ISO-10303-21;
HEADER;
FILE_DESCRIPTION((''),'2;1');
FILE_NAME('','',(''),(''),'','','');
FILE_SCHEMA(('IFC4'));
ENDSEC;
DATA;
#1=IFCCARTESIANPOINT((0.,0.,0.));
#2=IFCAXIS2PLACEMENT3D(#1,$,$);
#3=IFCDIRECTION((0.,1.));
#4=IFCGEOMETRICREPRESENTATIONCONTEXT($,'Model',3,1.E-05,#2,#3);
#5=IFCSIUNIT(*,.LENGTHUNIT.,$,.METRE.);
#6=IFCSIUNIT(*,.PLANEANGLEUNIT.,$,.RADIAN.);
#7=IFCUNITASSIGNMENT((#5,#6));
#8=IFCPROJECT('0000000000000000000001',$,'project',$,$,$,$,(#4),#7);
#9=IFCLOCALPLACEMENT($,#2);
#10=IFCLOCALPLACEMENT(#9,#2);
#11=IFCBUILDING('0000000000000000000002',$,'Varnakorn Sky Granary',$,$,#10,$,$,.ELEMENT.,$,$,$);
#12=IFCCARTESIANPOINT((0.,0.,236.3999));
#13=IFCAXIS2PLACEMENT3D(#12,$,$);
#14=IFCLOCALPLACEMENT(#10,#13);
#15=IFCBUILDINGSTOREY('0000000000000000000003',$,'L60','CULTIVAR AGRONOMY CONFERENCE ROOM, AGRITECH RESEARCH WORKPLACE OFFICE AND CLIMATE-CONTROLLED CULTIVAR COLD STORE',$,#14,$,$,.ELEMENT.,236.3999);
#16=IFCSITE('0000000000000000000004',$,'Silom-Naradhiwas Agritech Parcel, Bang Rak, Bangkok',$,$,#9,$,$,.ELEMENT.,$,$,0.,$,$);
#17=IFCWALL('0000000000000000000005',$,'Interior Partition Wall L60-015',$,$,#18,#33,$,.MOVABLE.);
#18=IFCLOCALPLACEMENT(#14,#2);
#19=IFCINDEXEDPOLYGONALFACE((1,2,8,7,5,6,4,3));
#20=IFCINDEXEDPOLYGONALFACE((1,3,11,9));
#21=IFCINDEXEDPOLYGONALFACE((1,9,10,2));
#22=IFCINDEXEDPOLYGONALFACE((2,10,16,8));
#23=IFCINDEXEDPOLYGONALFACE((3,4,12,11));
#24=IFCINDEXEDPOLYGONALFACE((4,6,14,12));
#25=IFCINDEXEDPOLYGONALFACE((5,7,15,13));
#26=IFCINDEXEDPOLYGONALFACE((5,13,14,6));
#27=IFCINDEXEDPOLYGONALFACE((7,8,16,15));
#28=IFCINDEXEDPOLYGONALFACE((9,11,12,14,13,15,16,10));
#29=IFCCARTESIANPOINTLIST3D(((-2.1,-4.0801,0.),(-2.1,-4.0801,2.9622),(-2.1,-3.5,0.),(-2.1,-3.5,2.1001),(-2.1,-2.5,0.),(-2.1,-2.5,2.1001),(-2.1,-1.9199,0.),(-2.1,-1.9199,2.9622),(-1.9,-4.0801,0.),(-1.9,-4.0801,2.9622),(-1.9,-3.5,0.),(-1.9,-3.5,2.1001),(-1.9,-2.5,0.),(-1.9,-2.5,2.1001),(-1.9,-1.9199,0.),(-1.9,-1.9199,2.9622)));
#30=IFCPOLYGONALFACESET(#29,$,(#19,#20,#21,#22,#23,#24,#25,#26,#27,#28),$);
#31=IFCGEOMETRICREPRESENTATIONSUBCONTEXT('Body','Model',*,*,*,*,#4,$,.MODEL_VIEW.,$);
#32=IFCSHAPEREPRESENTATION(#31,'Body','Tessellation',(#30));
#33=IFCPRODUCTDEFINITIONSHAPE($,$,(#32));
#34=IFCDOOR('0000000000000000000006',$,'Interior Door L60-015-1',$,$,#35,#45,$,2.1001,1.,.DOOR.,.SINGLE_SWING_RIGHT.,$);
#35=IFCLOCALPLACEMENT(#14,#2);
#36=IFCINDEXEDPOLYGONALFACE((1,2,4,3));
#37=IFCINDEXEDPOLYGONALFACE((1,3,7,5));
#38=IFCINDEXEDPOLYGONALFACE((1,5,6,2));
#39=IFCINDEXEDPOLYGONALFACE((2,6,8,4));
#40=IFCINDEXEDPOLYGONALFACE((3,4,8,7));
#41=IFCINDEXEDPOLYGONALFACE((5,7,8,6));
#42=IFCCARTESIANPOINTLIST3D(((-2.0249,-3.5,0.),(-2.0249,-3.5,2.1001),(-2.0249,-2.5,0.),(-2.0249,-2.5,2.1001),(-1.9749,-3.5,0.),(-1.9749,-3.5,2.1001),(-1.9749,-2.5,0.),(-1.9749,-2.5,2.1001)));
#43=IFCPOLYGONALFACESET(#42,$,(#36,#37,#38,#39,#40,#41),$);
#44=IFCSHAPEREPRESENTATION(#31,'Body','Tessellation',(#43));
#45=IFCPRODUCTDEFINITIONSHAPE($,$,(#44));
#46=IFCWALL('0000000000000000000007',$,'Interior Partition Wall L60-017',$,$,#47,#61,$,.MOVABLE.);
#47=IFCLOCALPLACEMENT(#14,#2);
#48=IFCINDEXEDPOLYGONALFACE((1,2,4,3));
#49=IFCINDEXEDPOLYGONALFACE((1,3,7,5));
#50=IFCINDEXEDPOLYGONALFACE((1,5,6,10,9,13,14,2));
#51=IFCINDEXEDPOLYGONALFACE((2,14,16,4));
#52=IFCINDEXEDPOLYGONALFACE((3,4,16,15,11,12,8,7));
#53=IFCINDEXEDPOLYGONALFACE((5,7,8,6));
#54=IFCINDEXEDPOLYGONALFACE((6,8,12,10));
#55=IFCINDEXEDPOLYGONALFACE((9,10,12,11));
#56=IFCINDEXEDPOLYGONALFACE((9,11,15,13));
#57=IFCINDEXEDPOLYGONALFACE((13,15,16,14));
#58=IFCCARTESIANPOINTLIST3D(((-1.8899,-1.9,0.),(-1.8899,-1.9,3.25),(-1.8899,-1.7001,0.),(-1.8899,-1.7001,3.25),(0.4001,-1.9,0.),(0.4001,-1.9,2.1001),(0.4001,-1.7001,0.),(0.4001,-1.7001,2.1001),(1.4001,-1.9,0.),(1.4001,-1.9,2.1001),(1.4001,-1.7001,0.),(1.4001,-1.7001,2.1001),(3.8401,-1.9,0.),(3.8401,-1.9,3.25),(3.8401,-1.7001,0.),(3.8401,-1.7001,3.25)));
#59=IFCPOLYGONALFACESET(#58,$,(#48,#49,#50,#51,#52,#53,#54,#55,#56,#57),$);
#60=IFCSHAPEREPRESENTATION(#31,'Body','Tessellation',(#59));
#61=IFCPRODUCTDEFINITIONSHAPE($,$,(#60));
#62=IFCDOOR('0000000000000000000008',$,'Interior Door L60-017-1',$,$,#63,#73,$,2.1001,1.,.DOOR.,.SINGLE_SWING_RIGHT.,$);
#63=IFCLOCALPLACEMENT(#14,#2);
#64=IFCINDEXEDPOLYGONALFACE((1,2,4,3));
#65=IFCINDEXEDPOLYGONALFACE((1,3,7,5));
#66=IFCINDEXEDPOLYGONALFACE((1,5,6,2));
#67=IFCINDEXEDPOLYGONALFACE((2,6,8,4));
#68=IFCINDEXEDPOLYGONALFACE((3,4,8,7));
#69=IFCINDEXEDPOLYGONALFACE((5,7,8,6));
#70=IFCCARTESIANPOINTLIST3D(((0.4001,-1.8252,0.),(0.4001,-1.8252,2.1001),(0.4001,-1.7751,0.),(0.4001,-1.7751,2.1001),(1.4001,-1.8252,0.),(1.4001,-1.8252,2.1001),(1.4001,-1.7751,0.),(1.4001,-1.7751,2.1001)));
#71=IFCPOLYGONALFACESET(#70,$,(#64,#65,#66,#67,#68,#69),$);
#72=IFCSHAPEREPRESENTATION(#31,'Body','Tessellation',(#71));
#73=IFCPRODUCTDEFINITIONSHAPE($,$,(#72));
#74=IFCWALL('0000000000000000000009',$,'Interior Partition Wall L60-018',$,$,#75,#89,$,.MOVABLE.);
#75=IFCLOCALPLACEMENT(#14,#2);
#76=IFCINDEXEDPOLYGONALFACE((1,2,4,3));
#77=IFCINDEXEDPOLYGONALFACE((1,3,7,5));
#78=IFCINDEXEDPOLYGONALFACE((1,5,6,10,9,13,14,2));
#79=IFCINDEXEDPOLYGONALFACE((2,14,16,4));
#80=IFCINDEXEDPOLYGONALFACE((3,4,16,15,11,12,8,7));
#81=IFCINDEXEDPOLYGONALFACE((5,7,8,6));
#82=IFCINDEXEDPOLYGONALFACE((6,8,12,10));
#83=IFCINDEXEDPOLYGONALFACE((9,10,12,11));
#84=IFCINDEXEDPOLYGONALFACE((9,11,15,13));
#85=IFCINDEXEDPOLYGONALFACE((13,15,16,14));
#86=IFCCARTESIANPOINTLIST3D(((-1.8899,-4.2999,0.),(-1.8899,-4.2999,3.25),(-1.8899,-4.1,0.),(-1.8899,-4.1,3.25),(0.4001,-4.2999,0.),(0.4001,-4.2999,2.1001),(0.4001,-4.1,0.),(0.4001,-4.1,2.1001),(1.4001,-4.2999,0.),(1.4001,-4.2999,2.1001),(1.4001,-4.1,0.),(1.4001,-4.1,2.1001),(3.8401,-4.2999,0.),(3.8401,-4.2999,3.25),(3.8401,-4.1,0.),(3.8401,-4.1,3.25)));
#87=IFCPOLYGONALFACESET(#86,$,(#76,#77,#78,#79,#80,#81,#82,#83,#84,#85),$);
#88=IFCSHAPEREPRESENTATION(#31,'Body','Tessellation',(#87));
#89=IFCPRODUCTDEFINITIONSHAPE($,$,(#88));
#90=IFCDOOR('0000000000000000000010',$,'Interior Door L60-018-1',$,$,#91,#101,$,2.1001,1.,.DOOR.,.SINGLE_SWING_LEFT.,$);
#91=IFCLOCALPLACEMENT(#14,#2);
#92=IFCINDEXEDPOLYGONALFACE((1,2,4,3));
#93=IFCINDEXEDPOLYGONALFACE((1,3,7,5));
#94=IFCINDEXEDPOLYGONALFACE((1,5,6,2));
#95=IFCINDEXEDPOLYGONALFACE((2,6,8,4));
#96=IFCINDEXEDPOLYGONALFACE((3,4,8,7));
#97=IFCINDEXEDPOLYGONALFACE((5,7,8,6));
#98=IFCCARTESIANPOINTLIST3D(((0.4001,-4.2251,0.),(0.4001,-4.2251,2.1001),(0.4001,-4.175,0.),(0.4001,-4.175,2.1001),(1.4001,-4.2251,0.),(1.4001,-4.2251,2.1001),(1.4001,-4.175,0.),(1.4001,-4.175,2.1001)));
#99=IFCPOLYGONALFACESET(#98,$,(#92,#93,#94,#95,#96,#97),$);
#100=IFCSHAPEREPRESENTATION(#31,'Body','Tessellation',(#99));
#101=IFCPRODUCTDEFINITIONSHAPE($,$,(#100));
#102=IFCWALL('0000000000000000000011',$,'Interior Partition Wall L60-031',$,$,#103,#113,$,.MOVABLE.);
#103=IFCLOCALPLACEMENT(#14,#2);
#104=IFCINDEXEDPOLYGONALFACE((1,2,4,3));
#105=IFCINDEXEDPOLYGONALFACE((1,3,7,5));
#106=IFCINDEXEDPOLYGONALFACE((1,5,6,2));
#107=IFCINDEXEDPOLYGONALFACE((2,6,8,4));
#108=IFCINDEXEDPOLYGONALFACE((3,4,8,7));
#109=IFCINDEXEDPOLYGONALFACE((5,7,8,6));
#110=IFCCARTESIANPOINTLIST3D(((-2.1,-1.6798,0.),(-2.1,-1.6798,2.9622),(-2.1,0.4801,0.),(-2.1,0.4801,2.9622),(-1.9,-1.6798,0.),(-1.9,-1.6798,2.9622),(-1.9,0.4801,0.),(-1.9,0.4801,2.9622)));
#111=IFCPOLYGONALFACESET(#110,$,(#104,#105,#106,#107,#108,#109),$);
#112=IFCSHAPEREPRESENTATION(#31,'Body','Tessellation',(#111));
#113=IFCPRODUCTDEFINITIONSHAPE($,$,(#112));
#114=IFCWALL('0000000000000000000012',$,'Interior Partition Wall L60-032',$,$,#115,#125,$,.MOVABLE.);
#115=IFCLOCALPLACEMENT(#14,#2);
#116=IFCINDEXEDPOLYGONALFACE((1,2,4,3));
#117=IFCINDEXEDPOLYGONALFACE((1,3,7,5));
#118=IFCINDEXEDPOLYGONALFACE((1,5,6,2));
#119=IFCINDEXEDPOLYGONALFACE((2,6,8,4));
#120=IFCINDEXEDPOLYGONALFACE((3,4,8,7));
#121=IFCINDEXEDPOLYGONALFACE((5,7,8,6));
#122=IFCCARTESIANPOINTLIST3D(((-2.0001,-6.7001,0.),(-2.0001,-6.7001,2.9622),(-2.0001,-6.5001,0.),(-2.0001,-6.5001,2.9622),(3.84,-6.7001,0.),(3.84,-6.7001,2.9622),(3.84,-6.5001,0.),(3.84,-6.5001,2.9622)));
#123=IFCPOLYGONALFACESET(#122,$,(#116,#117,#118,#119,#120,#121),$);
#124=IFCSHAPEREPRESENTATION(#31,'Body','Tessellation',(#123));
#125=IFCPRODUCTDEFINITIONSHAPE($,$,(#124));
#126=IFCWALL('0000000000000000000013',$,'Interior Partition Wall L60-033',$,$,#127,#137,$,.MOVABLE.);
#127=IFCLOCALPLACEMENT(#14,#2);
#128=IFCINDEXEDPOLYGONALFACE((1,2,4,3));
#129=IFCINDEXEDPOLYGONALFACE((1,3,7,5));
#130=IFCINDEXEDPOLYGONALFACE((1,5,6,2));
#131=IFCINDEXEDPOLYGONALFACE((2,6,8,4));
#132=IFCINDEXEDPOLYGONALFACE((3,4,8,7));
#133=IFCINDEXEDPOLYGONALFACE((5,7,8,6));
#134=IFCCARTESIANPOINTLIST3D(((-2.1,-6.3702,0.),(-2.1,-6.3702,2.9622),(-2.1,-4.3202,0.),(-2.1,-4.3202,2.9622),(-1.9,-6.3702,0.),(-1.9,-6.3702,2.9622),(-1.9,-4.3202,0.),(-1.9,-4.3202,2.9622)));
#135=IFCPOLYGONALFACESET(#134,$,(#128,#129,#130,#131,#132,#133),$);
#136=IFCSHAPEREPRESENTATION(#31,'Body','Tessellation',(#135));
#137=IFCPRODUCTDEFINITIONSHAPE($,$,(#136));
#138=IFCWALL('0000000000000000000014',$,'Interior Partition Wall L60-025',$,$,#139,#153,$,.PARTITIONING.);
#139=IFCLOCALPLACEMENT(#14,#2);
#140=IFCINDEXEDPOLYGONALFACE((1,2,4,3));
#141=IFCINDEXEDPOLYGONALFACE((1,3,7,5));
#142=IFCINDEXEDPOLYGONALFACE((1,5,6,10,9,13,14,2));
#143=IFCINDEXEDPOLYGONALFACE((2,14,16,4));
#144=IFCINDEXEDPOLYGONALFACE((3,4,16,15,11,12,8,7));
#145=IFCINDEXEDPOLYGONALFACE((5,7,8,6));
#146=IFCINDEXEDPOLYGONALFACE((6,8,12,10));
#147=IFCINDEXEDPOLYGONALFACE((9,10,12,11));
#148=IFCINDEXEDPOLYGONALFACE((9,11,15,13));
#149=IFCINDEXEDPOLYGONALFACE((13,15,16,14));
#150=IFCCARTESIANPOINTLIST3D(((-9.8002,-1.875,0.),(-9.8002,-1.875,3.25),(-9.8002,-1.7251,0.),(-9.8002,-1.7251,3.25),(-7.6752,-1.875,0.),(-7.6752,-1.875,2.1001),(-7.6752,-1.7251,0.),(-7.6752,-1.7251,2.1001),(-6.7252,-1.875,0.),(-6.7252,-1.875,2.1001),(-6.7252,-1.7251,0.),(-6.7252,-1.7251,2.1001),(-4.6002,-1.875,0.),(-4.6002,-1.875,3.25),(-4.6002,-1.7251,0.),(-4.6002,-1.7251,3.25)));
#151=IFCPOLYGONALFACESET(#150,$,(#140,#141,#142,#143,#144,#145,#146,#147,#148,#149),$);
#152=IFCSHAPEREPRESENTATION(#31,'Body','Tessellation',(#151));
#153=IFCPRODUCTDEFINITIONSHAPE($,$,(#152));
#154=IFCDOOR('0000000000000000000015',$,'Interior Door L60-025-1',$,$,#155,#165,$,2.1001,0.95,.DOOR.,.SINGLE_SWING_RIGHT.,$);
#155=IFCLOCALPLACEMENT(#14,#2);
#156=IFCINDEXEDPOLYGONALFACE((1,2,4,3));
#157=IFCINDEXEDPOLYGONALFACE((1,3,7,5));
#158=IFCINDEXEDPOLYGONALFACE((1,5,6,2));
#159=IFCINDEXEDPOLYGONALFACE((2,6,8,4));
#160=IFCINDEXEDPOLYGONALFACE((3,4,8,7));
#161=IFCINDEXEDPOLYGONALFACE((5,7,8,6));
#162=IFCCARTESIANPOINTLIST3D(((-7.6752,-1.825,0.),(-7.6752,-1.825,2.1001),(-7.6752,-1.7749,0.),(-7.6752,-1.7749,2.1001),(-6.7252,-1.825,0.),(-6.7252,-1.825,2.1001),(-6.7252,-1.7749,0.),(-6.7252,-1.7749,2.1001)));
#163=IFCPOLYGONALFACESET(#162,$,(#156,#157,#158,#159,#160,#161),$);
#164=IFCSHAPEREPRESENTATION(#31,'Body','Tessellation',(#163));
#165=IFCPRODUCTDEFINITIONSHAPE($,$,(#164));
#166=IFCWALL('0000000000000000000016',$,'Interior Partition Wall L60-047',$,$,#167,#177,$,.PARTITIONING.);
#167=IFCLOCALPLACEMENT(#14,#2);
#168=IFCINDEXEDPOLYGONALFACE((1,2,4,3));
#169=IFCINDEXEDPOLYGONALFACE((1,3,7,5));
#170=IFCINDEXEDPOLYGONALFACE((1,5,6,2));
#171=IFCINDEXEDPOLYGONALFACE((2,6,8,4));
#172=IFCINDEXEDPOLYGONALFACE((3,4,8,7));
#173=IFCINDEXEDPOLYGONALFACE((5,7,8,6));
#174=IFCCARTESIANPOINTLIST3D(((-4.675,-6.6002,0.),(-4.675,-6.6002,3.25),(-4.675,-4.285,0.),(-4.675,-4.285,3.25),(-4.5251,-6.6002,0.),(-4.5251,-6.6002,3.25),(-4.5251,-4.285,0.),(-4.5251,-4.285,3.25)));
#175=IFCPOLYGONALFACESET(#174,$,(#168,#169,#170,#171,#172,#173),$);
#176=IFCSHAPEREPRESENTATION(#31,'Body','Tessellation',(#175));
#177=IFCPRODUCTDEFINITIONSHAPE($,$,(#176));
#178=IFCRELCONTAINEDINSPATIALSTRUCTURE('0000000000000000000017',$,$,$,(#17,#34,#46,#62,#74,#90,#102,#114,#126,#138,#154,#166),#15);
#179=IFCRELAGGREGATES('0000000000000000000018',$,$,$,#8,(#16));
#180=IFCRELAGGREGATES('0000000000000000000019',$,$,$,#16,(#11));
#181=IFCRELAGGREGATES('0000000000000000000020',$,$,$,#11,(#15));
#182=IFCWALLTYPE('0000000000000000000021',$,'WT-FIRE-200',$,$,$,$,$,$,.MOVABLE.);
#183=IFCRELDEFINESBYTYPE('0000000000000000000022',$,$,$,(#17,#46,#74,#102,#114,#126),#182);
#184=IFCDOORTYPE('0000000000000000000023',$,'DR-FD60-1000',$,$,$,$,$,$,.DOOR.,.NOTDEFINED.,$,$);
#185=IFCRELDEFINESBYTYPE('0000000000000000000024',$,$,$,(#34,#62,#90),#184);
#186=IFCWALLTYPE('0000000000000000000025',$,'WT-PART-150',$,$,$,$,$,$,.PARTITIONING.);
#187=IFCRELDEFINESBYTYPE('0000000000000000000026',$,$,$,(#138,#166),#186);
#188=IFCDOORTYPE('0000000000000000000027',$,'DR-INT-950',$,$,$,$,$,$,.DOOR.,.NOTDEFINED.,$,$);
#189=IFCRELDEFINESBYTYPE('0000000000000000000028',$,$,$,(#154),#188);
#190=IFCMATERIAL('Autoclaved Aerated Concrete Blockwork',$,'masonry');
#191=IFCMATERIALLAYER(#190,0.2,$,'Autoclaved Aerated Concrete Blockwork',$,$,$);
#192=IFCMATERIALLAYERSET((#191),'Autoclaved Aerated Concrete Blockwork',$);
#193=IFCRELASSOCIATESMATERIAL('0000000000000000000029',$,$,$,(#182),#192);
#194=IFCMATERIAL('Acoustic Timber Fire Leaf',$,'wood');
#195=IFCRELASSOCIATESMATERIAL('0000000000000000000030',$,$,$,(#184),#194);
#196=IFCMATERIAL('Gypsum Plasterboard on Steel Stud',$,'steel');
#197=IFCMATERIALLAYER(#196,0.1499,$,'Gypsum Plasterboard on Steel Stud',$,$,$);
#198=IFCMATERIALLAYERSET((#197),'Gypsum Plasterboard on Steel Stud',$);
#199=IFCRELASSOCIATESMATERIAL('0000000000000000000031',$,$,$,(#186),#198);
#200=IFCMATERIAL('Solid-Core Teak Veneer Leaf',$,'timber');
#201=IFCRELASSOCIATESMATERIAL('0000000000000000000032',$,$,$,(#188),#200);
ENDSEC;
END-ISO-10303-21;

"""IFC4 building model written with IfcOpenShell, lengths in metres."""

from ifc_helpers import new_model, si_unit, direction, frame, frame_2d, origin, place, context, subcontext, project, spatial, rectangle, extrude, material, layer, layer_set, type_object, element, fill, save


model = new_model("IFC4")

# Units and contexts
model_context = context("Model", 3, precision=1e-05, world=origin(), true_north=direction((0.0, 1.0)))
body_context = subcontext(model_context, "Body", "Model", "MODEL_VIEW")
ifc_project = project(units=[si_unit("LENGTHUNIT", "METRE"), si_unit("PLANEANGLEUNIT", "RADIAN")], contexts=[model_context])

# Site, building, storey
site_placement = place(None, origin())
site = spatial("IfcSite", under=ifc_project, at=site_placement, Name="Silom-Naradhiwas Agritech Parcel, Bang Rak, Bangkok", CompositionType="ELEMENT", RefElevation=0.0)
building_placement = place(site_placement, origin())
building = spatial("IfcBuilding", under=site, at=building_placement, Name="Varnakorn Sky Granary", CompositionType="ELEMENT")
storey_placement = place(building_placement, frame((0.0, 0.0, 236.3999)))
storey = spatial("IfcBuildingStorey", under=building, at=storey_placement, Name="L60", Description="CULTIVAR AGRONOMY CONFERENCE ROOM, AGRITECH RESEARCH WORKPLACE OFFICE AND CLIMATE-CONTROLLED CULTIVAR COLD STORE", CompositionType="ELEMENT", Elevation=236.3999)

# Walls, openings, doors
ifc_material_1 = material(Name="Autoclaved Aerated Concrete Blockwork", Category="masonry")
ifc_layer_1 = layer(ifc_material_1, 0.2, Name="Autoclaved Aerated Concrete Blockwork")
ifc_layer_set_1 = layer_set([ifc_layer_1], Name="Autoclaved Aerated Concrete Blockwork")
wall_type_1 = type_object("IfcWallType", Name="WT-FIRE-200", PredefinedType="MOVABLE", material=ifc_layer_set_1)
wall_1_placement = place(storey_placement, frame((-2.0, -4.0801, 0.0), z_axis=(0.0, 0.0, 1.0), x_axis=(0.0, 1.0, 0.0)))
wall_1 = element("IfcWall", 1, at=wall_1_placement, inside=storey, type_object=wall_type_1, Name="Interior Partition Wall L60-015", PredefinedType="MOVABLE", context=body_context, shape_type="SweptSolid", body=[
    extrude(rectangle(XDim=2.1602, YDim=0.2, at=frame_2d((1.0801, 0.0))), origin(), (0.0, 0.0, 1.0), 2.9622),
])
opening_1_placement = place(wall_1_placement, frame((0.5801, 0.0, 0.0)))
opening_1 = element("IfcOpeningElement", 2, at=opening_1_placement, cuts=wall_1, PredefinedType="OPENING", context=body_context, shape_type="SweptSolid", body=[
    extrude(rectangle(XDim=1.0, YDim=2.1001, at=frame_2d((0.5, 1.05))), frame((0.0, 0.1099, 0.0), z_axis=(0.0, -1.0, 0.0), x_axis=(1.0, 0.0, 0.0)), (0.0, 0.0, 1.0), 0.22),
])
ifc_material_2 = material(Name="Acoustic Timber Fire Leaf", Category="wood")
door_type_1 = type_object("IfcDoorType", Name="DR-FD60-1000", OperationType="NOTDEFINED", PredefinedType="DOOR", material=ifc_material_2)
door_1_placement = place(opening_1_placement, origin())
door_1 = element("IfcDoor", 3, at=door_1_placement, inside=storey, type_object=door_type_1, Name="Interior Door L60-015-1", OperationType="SINGLE_SWING_RIGHT", OverallHeight=2.1001, OverallWidth=1.0, PredefinedType="DOOR", context=body_context, shape_type="SweptSolid", body=[
    extrude(rectangle(XDim=1.0, YDim=2.1001, at=frame_2d((0.5, 1.05))), frame((0.0, 0.0249, 0.0), z_axis=(0.0, -1.0, 0.0), x_axis=(1.0, 0.0, 0.0)), (0.0, 0.0, 1.0), 0.05),
])
fill(opening_1, door_1)
wall_2_placement = place(storey_placement, frame((-1.8899, -1.8, 0.0), z_axis=(0.0, 0.0, 1.0), x_axis=(1.0, 0.0, 0.0)))
wall_2 = element("IfcWall", 4, at=wall_2_placement, inside=storey, type_object=wall_type_1, Name="Interior Partition Wall L60-017", PredefinedType="MOVABLE", context=body_context, shape_type="SweptSolid", body=[
    extrude(rectangle(XDim=5.73, YDim=0.2, at=frame_2d((2.865, 0.0))), origin(), (0.0, 0.0, 1.0), 3.25),
])
opening_2_placement = place(wall_2_placement, frame((2.29, 0.0, 0.0)))
opening_2 = element("IfcOpeningElement", 5, at=opening_2_placement, cuts=wall_2, PredefinedType="OPENING", context=body_context, shape_type="SweptSolid", body=[
    extrude(rectangle(XDim=1.0, YDim=2.1001, at=frame_2d((0.5, 1.05))), frame((0.0, 0.1099, 0.0), z_axis=(0.0, -1.0, 0.0), x_axis=(1.0, 0.0, 0.0)), (0.0, 0.0, 1.0), 0.22),
])
door_2_placement = place(opening_2_placement, origin())
door_2 = element("IfcDoor", 6, at=door_2_placement, inside=storey, type_object=door_type_1, Name="Interior Door L60-017-1", OperationType="SINGLE_SWING_RIGHT", OverallHeight=2.1001, OverallWidth=1.0, PredefinedType="DOOR", context=body_context, shape_type="SweptSolid", body=[
    extrude(rectangle(XDim=1.0, YDim=2.1001, at=frame_2d((0.5, 1.05))), frame((0.0, 0.0249, 0.0), z_axis=(0.0, -1.0, 0.0), x_axis=(1.0, 0.0, 0.0)), (0.0, 0.0, 1.0), 0.05),
])
fill(opening_2, door_2)
wall_3_placement = place(storey_placement, frame((-1.8899, -4.2, 0.0), z_axis=(0.0, 0.0, 1.0), x_axis=(1.0, 0.0, 0.0)))
wall_3 = element("IfcWall", 7, at=wall_3_placement, inside=storey, type_object=wall_type_1, Name="Interior Partition Wall L60-018", PredefinedType="MOVABLE", context=body_context, shape_type="SweptSolid", body=[
    extrude(rectangle(XDim=5.73, YDim=0.2, at=frame_2d((2.865, 0.0))), origin(), (0.0, 0.0, 1.0), 3.25),
])
opening_3_placement = place(wall_3_placement, frame((2.29, 0.0, 0.0)))
opening_3 = element("IfcOpeningElement", 8, at=opening_3_placement, cuts=wall_3, PredefinedType="OPENING", context=body_context, shape_type="SweptSolid", body=[
    extrude(rectangle(XDim=1.0, YDim=2.1001, at=frame_2d((0.5, 1.05))), frame((0.0, 0.1099, 0.0), z_axis=(0.0, -1.0, 0.0), x_axis=(1.0, 0.0, 0.0)), (0.0, 0.0, 1.0), 0.22),
])
door_3_placement = place(opening_3_placement, origin())
door_3 = element("IfcDoor", 9, at=door_3_placement, inside=storey, type_object=door_type_1, Name="Interior Door L60-018-1", OperationType="SINGLE_SWING_LEFT", OverallHeight=2.1001, OverallWidth=1.0, PredefinedType="DOOR", context=body_context, shape_type="SweptSolid", body=[
    extrude(rectangle(XDim=1.0, YDim=2.1001, at=frame_2d((0.5, 1.05))), frame((0.0, 0.0249, 0.0), z_axis=(0.0, -1.0, 0.0), x_axis=(1.0, 0.0, 0.0)), (0.0, 0.0, 1.0), 0.05),
])
fill(opening_3, door_3)

# Walls
wall_4_placement = place(storey_placement, frame((-2.0, -1.6799, 0.0), z_axis=(0.0, 0.0, 1.0), x_axis=(0.0, 1.0, 0.0)))
element("IfcWall", 10, at=wall_4_placement, inside=storey, type_object=wall_type_1, Name="Interior Partition Wall L60-031", PredefinedType="MOVABLE", context=body_context, shape_type="SweptSolid", body=[
    extrude(rectangle(XDim=2.1599, YDim=0.2, at=frame_2d((1.0801, 0.0))), origin(), (0.0, 0.0, 1.0), 2.9622),
])
wall_5_placement = place(storey_placement, frame((-2.0, -6.6001, 0.0), z_axis=(0.0, 0.0, 1.0), x_axis=(1.0, 0.0, 0.0)))
element("IfcWall", 11, at=wall_5_placement, inside=storey, type_object=wall_type_1, Name="Interior Partition Wall L60-032", PredefinedType="MOVABLE", context=body_context, shape_type="SweptSolid", body=[
    extrude(rectangle(XDim=5.8401, YDim=0.2, at=frame_2d((2.9199, 0.0))), origin(), (0.0, 0.0, 1.0), 2.9622),
])
wall_6_placement = place(storey_placement, frame((-2.0, -6.3701, 0.0), z_axis=(0.0, 0.0, 1.0), x_axis=(0.0, 1.0, 0.0)))
element("IfcWall", 12, at=wall_6_placement, inside=storey, type_object=wall_type_1, Name="Interior Partition Wall L60-033", PredefinedType="MOVABLE", context=body_context, shape_type="SweptSolid", body=[
    extrude(rectangle(XDim=2.05, YDim=0.2, at=frame_2d((1.0249, 0.0))), origin(), (0.0, 0.0, 1.0), 2.9622),
])

# Wall, opening, door
ifc_material_3 = material(Name="Gypsum Plasterboard on Steel Stud", Category="steel")
ifc_layer_2 = layer(ifc_material_3, 0.1499, Name="Gypsum Plasterboard on Steel Stud")
ifc_layer_set_2 = layer_set([ifc_layer_2], Name="Gypsum Plasterboard on Steel Stud")
wall_type_2 = type_object("IfcWallType", Name="WT-PART-150", PredefinedType="PARTITIONING", material=ifc_layer_set_2)
wall_7_placement = place(storey_placement, frame((-4.6001, -1.8, 0.0), z_axis=(0.0, 0.0, 1.0), x_axis=(-1.0, 0.0, 0.0)))
wall_7 = element("IfcWall", 13, at=wall_7_placement, inside=storey, type_object=wall_type_2, Name="Interior Partition Wall L60-025", PredefinedType="PARTITIONING", context=body_context, shape_type="SweptSolid", body=[
    extrude(rectangle(XDim=5.2, YDim=0.1499, at=frame_2d((2.6001, 0.0))), origin(), (0.0, 0.0, 1.0), 3.25),
])
opening_4_placement = place(wall_7_placement, frame((2.125, 0.0, 0.0)))
opening_4 = element("IfcOpeningElement", 14, at=opening_4_placement, cuts=wall_7, PredefinedType="OPENING", context=body_context, shape_type="SweptSolid", body=[
    extrude(rectangle(XDim=0.95, YDim=2.1001, at=frame_2d((0.4751, 1.05))), frame((0.0, 0.085, 0.0), z_axis=(0.0, -1.0, 0.0), x_axis=(1.0, 0.0, 0.0)), (0.0, 0.0, 1.0), 0.1699),
])
ifc_material_4 = material(Name="Solid-Core Teak Veneer Leaf", Category="timber")
door_type_2 = type_object("IfcDoorType", Name="DR-INT-950", OperationType="NOTDEFINED", PredefinedType="DOOR", material=ifc_material_4)
door_4_placement = place(opening_4_placement, origin())
door_4 = element("IfcDoor", 15, at=door_4_placement, inside=storey, type_object=door_type_2, Name="Interior Door L60-025-1", OperationType="SINGLE_SWING_RIGHT", OverallHeight=2.1001, OverallWidth=0.95, PredefinedType="DOOR", context=body_context, shape_type="SweptSolid", body=[
    extrude(rectangle(XDim=0.95, YDim=2.1001, at=frame_2d((0.4751, 1.05))), frame((0.0, 0.0249, 0.0), z_axis=(0.0, -1.0, 0.0), x_axis=(1.0, 0.0, 0.0)), (0.0, 0.0, 1.0), 0.05),
])
fill(opening_4, door_4)

# Wall
wall_8_placement = place(storey_placement, frame((-4.6001, -4.2849, 0.0), z_axis=(0.0, 0.0, 1.0), x_axis=(0.0, -1.0, 0.0)))
element("IfcWall", 16, at=wall_8_placement, inside=storey, type_object=wall_type_2, Name="Interior Partition Wall L60-047", PredefinedType="PARTITIONING", context=body_context, shape_type="SweptSolid", body=[
    extrude(rectangle(XDim=2.3152, YDim=0.1499, at=frame_2d((1.1577, 0.0))), origin(), (0.0, 0.0, 1.0), 3.25),
])

save(model, "model.ifc")
